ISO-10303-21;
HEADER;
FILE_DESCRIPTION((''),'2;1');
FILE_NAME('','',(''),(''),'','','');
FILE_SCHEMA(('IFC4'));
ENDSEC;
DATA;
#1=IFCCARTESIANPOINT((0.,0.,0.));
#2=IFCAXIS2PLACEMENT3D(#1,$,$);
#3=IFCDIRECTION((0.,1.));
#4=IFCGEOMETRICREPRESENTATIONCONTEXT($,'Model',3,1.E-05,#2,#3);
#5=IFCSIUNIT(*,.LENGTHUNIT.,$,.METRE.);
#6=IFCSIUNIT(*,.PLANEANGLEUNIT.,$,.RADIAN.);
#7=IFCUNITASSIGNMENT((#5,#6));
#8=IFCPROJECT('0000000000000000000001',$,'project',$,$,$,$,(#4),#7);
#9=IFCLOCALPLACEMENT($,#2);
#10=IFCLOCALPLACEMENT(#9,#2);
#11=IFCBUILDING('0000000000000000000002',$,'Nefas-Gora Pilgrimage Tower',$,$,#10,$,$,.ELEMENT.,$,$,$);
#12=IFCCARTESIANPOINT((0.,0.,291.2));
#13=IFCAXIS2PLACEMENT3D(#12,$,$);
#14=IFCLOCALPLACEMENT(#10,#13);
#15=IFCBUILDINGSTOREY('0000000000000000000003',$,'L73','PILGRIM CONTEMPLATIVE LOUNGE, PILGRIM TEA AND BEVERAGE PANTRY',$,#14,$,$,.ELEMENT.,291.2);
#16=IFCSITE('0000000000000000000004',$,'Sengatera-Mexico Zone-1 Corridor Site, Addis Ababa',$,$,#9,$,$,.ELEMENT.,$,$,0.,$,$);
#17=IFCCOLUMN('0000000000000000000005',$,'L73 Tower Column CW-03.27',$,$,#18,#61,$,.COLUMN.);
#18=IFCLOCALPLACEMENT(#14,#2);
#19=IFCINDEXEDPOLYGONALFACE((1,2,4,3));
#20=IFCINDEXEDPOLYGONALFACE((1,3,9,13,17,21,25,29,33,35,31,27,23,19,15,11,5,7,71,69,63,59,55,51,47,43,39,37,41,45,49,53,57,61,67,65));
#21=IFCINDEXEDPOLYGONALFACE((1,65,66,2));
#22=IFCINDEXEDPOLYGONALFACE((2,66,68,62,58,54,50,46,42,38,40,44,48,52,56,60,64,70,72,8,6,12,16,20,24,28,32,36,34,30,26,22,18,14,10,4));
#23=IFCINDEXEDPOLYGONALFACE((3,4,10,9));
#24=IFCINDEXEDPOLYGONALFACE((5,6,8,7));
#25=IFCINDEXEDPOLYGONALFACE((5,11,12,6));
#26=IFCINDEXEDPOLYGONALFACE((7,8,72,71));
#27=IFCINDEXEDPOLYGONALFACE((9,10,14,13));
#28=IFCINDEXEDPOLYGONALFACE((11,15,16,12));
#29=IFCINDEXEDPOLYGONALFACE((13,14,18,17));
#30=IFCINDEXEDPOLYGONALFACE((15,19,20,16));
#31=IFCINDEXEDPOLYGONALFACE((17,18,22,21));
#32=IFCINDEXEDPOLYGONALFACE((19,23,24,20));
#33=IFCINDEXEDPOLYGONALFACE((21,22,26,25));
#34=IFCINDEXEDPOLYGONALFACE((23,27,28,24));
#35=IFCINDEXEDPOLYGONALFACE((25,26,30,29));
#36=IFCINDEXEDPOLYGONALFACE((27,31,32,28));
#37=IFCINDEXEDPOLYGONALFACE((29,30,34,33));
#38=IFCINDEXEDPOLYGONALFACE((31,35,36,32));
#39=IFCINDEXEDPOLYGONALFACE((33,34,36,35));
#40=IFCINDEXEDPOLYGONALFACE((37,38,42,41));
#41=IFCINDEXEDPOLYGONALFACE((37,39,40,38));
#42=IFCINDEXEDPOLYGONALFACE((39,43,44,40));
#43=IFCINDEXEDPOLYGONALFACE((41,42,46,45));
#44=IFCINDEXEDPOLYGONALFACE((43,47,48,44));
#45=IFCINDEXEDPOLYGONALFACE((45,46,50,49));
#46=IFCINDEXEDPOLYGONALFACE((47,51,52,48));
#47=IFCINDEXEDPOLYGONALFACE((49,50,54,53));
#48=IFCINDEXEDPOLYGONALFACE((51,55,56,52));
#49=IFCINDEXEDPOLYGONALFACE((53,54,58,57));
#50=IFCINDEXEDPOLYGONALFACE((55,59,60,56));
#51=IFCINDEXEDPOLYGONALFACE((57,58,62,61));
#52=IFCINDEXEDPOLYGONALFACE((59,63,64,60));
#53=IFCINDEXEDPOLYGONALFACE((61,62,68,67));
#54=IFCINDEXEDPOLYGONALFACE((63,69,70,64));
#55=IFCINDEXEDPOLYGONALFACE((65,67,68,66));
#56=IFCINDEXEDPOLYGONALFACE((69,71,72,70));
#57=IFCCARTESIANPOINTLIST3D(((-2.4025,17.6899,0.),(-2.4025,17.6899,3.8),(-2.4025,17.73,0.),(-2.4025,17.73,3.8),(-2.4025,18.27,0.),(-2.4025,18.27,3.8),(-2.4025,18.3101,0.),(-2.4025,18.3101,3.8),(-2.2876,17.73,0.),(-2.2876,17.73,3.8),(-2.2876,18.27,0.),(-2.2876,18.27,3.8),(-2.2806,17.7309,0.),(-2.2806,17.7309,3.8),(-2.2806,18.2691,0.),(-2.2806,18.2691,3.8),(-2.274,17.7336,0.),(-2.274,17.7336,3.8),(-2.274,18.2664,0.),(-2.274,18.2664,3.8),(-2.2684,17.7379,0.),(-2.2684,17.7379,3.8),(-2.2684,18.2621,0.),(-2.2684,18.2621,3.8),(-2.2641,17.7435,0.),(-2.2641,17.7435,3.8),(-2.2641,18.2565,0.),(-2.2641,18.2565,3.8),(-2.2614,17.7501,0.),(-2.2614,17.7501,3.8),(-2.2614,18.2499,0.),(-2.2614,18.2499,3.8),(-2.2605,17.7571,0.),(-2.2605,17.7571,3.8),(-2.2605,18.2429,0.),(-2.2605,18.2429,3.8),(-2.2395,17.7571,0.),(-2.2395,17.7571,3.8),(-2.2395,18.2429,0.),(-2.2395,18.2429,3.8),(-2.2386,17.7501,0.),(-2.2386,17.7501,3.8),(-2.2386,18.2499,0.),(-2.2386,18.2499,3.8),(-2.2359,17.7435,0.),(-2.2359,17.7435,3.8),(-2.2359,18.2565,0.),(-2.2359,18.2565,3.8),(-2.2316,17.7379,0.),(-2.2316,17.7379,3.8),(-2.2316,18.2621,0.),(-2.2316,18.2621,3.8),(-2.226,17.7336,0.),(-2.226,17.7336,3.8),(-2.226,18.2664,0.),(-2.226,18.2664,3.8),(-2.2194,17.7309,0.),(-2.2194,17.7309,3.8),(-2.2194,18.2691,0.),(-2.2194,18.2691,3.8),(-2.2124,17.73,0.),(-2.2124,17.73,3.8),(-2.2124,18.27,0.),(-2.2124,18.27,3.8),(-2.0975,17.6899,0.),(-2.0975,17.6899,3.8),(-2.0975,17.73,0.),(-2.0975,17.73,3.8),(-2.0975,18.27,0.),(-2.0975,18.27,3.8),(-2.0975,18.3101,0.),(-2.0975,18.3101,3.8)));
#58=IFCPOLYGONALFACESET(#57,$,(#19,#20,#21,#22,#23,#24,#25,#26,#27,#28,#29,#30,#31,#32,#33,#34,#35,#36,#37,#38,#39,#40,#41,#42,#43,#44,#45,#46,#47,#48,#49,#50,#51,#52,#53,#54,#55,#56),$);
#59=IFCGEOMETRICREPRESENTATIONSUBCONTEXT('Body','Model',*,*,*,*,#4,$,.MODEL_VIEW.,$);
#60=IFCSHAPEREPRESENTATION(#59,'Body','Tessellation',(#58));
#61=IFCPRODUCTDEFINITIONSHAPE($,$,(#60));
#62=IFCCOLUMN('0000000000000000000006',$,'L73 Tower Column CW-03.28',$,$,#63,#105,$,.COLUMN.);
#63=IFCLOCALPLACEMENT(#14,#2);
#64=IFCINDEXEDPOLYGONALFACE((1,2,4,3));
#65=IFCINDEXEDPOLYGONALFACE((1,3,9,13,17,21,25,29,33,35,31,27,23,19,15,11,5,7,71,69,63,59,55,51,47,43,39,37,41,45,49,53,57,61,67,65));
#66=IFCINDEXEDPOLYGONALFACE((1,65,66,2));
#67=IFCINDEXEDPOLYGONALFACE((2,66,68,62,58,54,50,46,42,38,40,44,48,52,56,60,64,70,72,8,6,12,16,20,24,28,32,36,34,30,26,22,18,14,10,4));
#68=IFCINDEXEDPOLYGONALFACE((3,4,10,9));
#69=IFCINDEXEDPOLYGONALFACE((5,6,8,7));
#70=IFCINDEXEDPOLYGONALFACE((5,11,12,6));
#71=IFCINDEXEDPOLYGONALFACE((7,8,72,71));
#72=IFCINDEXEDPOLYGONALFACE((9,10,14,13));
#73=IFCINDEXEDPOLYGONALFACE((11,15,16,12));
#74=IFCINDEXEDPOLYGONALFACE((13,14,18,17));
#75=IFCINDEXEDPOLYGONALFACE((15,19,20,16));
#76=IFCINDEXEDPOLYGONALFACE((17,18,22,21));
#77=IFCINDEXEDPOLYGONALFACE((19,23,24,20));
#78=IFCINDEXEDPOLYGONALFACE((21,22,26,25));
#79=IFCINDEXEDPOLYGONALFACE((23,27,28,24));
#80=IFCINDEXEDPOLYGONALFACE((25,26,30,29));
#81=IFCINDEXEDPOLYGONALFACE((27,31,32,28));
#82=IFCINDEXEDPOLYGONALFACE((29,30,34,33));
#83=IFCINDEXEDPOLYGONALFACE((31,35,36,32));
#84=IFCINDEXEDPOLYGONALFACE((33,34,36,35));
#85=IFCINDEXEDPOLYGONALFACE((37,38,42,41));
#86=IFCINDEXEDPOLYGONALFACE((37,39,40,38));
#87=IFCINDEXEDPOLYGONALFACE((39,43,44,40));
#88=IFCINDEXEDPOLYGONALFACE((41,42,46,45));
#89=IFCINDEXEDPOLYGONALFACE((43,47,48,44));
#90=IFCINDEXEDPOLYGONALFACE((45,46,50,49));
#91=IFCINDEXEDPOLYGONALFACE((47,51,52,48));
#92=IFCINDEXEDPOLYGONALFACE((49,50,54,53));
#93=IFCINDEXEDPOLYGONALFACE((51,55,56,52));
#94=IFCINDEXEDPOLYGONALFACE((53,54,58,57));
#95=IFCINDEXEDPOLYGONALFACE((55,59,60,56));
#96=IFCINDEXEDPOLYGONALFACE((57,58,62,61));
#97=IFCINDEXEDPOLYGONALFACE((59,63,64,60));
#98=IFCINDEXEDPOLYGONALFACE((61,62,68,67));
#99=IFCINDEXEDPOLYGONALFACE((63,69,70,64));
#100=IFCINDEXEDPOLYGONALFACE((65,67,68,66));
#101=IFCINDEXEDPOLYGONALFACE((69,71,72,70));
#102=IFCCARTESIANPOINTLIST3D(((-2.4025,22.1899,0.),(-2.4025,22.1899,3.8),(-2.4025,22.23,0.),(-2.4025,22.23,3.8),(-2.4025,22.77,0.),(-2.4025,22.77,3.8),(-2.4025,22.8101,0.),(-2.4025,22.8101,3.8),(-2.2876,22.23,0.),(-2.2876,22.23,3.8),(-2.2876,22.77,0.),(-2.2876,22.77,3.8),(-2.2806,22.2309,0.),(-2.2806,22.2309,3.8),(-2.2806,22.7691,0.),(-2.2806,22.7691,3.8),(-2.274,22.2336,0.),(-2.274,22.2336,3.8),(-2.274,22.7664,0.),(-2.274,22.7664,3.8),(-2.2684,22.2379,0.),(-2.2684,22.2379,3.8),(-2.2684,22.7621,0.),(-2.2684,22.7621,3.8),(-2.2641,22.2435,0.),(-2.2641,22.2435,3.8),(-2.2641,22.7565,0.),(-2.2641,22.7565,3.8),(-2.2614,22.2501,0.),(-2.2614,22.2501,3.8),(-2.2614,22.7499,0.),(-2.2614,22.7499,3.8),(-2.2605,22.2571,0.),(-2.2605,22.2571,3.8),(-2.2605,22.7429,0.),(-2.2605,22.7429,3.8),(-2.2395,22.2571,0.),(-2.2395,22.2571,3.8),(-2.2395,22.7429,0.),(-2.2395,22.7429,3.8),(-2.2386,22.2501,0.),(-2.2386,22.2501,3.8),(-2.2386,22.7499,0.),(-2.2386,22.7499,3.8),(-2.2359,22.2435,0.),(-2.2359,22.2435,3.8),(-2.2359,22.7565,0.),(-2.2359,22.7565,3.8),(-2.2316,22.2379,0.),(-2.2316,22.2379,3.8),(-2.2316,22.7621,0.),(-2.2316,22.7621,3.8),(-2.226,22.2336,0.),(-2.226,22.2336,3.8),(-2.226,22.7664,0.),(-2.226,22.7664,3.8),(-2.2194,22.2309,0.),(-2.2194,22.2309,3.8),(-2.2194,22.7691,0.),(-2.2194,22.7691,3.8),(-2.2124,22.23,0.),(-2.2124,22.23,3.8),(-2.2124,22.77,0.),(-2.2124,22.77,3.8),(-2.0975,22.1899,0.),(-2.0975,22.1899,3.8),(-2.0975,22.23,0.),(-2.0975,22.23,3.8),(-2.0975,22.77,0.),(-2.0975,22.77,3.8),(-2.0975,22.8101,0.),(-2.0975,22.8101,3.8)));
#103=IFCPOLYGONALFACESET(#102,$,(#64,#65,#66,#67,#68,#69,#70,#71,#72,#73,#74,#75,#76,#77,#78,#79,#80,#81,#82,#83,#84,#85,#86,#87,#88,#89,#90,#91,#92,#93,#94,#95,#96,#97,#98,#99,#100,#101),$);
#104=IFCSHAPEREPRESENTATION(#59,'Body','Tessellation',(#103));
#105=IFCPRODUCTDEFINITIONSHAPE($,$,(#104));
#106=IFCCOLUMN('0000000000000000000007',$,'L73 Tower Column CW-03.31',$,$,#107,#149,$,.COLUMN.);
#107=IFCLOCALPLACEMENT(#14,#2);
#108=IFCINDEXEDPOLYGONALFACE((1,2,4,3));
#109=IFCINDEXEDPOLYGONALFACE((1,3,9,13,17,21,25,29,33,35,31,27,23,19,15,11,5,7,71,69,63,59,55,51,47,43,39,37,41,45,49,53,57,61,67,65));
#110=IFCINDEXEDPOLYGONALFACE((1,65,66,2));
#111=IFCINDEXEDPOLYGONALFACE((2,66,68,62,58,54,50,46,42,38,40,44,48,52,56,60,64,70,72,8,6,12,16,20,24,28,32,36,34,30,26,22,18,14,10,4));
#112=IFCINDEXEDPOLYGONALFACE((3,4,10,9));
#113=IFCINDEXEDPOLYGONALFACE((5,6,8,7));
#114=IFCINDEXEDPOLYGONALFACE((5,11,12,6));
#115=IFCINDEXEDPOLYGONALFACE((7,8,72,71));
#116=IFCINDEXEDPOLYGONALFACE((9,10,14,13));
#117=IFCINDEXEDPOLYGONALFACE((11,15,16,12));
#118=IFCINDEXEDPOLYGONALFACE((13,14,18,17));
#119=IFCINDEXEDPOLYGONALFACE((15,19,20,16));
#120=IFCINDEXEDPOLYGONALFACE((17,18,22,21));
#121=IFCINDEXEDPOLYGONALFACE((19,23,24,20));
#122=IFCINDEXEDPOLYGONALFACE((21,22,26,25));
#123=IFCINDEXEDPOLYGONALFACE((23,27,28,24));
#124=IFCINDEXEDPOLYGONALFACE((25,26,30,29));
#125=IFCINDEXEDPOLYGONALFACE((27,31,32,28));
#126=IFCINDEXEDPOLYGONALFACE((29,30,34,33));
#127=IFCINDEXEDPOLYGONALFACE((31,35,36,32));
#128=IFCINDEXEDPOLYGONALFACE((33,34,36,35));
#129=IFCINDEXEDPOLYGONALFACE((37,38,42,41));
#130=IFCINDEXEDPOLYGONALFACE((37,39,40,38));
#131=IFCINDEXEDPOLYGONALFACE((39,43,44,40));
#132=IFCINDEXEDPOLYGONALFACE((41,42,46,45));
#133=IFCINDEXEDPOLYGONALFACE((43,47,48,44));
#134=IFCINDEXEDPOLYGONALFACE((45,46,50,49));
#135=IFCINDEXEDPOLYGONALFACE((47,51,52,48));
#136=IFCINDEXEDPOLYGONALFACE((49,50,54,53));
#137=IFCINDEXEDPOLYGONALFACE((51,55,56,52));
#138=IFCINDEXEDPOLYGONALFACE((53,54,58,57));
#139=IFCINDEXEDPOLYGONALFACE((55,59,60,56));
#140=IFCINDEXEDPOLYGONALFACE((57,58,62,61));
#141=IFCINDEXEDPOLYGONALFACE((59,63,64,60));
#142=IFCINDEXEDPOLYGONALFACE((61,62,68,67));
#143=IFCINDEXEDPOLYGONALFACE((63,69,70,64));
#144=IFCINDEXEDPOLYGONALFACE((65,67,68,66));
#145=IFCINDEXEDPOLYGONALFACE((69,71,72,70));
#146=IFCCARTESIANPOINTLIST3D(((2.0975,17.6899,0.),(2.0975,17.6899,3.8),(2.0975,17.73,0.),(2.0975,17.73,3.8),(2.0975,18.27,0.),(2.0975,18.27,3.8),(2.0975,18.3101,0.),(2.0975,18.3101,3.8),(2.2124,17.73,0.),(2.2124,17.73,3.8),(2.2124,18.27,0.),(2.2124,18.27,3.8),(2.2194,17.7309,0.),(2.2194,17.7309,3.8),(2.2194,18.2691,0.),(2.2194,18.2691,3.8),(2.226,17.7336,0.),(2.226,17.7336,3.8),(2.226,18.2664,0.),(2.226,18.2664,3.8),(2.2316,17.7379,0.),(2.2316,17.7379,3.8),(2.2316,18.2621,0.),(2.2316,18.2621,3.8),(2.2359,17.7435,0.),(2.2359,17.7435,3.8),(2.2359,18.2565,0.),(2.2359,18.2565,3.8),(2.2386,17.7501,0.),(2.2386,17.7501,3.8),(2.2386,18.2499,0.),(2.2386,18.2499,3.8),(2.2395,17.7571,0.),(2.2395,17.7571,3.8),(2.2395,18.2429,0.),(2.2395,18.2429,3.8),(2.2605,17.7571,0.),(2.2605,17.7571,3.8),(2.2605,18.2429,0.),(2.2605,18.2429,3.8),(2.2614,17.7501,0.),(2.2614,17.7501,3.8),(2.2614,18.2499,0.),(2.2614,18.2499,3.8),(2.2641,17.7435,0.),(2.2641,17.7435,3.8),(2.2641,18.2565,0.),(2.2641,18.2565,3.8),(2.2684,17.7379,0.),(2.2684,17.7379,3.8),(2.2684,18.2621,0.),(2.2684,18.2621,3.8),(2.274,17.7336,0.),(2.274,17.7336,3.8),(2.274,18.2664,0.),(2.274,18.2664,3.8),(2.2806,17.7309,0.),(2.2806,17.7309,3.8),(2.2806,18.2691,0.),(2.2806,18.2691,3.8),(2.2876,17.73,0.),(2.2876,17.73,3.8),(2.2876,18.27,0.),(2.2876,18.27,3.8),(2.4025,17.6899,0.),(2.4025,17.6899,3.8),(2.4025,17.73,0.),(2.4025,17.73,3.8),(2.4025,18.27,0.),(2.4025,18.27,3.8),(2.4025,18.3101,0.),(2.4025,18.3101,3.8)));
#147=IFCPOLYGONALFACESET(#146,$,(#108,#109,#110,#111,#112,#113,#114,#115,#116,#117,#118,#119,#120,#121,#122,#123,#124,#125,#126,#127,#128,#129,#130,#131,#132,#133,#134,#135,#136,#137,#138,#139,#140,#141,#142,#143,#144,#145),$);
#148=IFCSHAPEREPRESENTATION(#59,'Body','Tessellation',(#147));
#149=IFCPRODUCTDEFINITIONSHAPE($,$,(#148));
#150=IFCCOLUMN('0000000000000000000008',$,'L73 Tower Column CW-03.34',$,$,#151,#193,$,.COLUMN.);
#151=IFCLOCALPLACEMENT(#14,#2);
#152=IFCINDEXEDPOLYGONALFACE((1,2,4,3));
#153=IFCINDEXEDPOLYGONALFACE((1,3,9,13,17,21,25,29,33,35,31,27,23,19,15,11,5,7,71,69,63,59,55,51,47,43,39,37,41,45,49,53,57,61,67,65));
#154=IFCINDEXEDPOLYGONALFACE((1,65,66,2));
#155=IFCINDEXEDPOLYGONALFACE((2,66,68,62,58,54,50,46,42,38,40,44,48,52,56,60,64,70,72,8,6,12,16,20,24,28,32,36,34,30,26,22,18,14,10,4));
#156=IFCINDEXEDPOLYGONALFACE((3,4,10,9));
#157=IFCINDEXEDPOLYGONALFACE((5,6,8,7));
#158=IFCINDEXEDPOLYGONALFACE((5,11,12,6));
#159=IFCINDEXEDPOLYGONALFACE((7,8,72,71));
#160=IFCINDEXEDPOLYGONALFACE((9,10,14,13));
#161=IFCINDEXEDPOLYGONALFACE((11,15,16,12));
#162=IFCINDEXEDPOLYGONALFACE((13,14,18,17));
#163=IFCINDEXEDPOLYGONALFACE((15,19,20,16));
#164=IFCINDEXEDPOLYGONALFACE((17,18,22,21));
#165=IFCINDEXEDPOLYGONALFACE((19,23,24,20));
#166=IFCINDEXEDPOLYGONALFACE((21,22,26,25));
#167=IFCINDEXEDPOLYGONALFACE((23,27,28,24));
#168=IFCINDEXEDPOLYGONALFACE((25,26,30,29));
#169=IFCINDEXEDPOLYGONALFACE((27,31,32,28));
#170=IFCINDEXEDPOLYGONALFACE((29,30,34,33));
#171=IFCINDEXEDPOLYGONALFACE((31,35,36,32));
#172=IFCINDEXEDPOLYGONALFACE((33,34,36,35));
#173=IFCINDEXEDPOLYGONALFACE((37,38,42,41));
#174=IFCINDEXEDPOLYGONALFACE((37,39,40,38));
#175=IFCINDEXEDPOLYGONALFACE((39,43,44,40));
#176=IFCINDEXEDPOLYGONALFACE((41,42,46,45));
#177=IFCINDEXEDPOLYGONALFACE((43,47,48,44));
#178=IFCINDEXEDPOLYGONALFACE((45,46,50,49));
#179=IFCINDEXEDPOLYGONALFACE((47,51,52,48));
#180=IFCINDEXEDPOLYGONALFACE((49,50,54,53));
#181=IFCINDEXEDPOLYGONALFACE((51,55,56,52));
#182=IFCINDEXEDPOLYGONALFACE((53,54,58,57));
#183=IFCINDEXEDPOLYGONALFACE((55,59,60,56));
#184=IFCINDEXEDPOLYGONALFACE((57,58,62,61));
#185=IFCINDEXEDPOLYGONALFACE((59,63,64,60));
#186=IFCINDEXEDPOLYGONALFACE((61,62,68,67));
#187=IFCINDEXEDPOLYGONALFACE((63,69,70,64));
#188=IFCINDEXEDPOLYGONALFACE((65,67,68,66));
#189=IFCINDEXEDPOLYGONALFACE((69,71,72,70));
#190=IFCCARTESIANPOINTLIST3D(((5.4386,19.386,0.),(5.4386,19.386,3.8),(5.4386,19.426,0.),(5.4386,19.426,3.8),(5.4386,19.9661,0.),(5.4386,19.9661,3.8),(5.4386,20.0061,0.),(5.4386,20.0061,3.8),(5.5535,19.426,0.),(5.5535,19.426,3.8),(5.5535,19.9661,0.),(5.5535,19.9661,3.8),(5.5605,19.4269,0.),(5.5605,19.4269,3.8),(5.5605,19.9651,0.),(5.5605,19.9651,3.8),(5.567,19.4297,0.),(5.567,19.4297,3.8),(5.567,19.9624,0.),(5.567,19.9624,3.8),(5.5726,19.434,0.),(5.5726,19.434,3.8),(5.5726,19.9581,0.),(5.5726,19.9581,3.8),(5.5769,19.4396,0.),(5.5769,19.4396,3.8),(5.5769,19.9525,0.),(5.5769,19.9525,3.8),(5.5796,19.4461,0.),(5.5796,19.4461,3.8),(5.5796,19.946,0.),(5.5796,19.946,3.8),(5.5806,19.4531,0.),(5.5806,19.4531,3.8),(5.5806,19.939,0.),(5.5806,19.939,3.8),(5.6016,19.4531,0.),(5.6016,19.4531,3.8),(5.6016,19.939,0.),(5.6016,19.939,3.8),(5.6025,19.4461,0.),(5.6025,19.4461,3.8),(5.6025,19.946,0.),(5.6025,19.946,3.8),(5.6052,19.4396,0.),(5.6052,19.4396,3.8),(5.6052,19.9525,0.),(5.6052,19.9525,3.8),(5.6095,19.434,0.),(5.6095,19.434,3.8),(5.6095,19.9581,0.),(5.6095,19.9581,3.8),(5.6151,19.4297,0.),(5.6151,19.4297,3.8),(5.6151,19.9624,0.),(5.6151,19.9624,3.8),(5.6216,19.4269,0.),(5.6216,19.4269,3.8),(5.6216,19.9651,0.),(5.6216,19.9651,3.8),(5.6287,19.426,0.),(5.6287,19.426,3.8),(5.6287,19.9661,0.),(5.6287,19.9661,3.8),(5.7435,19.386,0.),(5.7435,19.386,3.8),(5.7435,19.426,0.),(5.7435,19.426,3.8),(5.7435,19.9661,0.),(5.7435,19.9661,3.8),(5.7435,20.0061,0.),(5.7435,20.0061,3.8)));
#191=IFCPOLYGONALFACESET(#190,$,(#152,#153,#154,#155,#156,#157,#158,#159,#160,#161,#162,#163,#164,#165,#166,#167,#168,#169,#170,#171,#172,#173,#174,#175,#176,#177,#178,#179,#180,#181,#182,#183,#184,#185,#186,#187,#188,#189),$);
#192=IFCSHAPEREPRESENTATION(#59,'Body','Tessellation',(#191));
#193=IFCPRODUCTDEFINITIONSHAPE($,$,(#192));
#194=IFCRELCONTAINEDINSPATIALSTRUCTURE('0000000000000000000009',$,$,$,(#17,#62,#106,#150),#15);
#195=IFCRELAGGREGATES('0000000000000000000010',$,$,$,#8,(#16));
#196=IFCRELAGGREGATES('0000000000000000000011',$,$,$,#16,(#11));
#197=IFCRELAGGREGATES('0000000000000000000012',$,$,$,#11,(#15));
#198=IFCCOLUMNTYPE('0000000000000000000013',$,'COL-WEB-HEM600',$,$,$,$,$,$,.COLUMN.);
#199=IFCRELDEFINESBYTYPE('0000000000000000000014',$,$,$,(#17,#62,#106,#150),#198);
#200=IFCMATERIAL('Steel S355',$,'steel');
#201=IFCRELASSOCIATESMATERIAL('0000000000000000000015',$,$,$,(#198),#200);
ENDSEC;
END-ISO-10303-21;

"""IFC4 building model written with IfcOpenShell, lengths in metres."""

from ifc_helpers import new_model, si_unit, direction, frame, origin, origin_2d, place, context, subcontext, project, spatial, i_section, extrude, source, transform, mapped, material, material_profile, profile_set, type_object, element, save


model = new_model("IFC4")

# Units and contexts
model_context = context("Model", 3, precision=1e-05, world=origin(), true_north=direction((0.0, 1.0)))
body_context = subcontext(model_context, "Body", "Model", "MODEL_VIEW")
ifc_project = project(units=[si_unit("LENGTHUNIT", "METRE"), si_unit("PLANEANGLEUNIT", "RADIAN")], contexts=[model_context])

# Site, building, storey
site_placement = place(None, origin())
site = spatial("IfcSite", under=ifc_project, at=site_placement, Name="Sengatera-Mexico Zone-1 Corridor Site, Addis Ababa", CompositionType="ELEMENT", RefElevation=0.0)
building_placement = place(site_placement, origin())
building = spatial("IfcBuilding", under=site, at=building_placement, Name="Nefas-Gora Pilgrimage Tower", CompositionType="ELEMENT")
storey_placement = place(building_placement, frame((0.0, 0.0, 291.2)))
storey = spatial("IfcBuildingStorey", under=building, at=storey_placement, Name="L73", Description="PILGRIM CONTEMPLATIVE LOUNGE, PILGRIM TEA AND BEVERAGE PANTRY", CompositionType="ELEMENT", Elevation=291.2)

# Columns
ifc_material_1 = material(Name="Steel S355", Category="steel")
ifc_material_profile_1 = material_profile(ifc_material_1, i_section(OverallWidth=0.3049, OverallDepth=0.6201, WebThickness=0.021, FlangeThickness=0.04, FilletRadius=0.0271, at=origin_2d()), Name="HEM 600")
ifc_profile_set_1 = profile_set([ifc_material_profile_1], Name="Steel S355")
column_type_1 = type_object("IfcColumnType", Name="COL-WEB-HEM600", PredefinedType="COLUMN", material=ifc_profile_set_1)
shared_shape_1 = source(origin(), body_context, "Body", "SweptSolid", [
    extrude(i_section(OverallWidth=0.3049, OverallDepth=0.6201, WebThickness=0.021, FlangeThickness=0.04, FilletRadius=0.0271, at=origin_2d()), origin(), (0.0, 0.0, 1.0), 3.8),
])
for number, where, z_axis, x_axis, name in (
    (1, (-2.25, 18.0, 0.0), (0.0, 0.0, 1.0), (1.0, 0.0, 0.0), "L73 Tower Column CW-03.27"),
    (2, (-2.25, 22.5, 0.0), (0.0, 0.0, 1.0), (1.0, 0.0, 0.0), "L73 Tower Column CW-03.28"),
    (3, (2.25, 18.0, 0.0), (0.0, 0.0, 1.0), (1.0, 0.0, 0.0), "L73 Tower Column CW-03.31"),
    (4, (5.5911, 19.696, 0.0), (0.0, 0.0, 1.0), (1.0, 0.0, 0.0), "L73 Tower Column CW-03.34"),
):
    element("IfcColumn", number, at=place(storey_placement, frame(where, z_axis=z_axis, x_axis=x_axis)), inside=storey, type_object=column_type_1, Name=name, PredefinedType="COLUMN", context=body_context, shape_type="MappedRepresentation", body=[
        mapped(shared_shape_1, transform((0.0, 0.0, 0.0), x_axis=(1.0, 0.0, 0.0), y_axis=(0.0, 1.0, 0.0), z_axis=(0.0, 0.0, 1.0), scale=1.0)),
    ])

save(model, "model.ifc")
